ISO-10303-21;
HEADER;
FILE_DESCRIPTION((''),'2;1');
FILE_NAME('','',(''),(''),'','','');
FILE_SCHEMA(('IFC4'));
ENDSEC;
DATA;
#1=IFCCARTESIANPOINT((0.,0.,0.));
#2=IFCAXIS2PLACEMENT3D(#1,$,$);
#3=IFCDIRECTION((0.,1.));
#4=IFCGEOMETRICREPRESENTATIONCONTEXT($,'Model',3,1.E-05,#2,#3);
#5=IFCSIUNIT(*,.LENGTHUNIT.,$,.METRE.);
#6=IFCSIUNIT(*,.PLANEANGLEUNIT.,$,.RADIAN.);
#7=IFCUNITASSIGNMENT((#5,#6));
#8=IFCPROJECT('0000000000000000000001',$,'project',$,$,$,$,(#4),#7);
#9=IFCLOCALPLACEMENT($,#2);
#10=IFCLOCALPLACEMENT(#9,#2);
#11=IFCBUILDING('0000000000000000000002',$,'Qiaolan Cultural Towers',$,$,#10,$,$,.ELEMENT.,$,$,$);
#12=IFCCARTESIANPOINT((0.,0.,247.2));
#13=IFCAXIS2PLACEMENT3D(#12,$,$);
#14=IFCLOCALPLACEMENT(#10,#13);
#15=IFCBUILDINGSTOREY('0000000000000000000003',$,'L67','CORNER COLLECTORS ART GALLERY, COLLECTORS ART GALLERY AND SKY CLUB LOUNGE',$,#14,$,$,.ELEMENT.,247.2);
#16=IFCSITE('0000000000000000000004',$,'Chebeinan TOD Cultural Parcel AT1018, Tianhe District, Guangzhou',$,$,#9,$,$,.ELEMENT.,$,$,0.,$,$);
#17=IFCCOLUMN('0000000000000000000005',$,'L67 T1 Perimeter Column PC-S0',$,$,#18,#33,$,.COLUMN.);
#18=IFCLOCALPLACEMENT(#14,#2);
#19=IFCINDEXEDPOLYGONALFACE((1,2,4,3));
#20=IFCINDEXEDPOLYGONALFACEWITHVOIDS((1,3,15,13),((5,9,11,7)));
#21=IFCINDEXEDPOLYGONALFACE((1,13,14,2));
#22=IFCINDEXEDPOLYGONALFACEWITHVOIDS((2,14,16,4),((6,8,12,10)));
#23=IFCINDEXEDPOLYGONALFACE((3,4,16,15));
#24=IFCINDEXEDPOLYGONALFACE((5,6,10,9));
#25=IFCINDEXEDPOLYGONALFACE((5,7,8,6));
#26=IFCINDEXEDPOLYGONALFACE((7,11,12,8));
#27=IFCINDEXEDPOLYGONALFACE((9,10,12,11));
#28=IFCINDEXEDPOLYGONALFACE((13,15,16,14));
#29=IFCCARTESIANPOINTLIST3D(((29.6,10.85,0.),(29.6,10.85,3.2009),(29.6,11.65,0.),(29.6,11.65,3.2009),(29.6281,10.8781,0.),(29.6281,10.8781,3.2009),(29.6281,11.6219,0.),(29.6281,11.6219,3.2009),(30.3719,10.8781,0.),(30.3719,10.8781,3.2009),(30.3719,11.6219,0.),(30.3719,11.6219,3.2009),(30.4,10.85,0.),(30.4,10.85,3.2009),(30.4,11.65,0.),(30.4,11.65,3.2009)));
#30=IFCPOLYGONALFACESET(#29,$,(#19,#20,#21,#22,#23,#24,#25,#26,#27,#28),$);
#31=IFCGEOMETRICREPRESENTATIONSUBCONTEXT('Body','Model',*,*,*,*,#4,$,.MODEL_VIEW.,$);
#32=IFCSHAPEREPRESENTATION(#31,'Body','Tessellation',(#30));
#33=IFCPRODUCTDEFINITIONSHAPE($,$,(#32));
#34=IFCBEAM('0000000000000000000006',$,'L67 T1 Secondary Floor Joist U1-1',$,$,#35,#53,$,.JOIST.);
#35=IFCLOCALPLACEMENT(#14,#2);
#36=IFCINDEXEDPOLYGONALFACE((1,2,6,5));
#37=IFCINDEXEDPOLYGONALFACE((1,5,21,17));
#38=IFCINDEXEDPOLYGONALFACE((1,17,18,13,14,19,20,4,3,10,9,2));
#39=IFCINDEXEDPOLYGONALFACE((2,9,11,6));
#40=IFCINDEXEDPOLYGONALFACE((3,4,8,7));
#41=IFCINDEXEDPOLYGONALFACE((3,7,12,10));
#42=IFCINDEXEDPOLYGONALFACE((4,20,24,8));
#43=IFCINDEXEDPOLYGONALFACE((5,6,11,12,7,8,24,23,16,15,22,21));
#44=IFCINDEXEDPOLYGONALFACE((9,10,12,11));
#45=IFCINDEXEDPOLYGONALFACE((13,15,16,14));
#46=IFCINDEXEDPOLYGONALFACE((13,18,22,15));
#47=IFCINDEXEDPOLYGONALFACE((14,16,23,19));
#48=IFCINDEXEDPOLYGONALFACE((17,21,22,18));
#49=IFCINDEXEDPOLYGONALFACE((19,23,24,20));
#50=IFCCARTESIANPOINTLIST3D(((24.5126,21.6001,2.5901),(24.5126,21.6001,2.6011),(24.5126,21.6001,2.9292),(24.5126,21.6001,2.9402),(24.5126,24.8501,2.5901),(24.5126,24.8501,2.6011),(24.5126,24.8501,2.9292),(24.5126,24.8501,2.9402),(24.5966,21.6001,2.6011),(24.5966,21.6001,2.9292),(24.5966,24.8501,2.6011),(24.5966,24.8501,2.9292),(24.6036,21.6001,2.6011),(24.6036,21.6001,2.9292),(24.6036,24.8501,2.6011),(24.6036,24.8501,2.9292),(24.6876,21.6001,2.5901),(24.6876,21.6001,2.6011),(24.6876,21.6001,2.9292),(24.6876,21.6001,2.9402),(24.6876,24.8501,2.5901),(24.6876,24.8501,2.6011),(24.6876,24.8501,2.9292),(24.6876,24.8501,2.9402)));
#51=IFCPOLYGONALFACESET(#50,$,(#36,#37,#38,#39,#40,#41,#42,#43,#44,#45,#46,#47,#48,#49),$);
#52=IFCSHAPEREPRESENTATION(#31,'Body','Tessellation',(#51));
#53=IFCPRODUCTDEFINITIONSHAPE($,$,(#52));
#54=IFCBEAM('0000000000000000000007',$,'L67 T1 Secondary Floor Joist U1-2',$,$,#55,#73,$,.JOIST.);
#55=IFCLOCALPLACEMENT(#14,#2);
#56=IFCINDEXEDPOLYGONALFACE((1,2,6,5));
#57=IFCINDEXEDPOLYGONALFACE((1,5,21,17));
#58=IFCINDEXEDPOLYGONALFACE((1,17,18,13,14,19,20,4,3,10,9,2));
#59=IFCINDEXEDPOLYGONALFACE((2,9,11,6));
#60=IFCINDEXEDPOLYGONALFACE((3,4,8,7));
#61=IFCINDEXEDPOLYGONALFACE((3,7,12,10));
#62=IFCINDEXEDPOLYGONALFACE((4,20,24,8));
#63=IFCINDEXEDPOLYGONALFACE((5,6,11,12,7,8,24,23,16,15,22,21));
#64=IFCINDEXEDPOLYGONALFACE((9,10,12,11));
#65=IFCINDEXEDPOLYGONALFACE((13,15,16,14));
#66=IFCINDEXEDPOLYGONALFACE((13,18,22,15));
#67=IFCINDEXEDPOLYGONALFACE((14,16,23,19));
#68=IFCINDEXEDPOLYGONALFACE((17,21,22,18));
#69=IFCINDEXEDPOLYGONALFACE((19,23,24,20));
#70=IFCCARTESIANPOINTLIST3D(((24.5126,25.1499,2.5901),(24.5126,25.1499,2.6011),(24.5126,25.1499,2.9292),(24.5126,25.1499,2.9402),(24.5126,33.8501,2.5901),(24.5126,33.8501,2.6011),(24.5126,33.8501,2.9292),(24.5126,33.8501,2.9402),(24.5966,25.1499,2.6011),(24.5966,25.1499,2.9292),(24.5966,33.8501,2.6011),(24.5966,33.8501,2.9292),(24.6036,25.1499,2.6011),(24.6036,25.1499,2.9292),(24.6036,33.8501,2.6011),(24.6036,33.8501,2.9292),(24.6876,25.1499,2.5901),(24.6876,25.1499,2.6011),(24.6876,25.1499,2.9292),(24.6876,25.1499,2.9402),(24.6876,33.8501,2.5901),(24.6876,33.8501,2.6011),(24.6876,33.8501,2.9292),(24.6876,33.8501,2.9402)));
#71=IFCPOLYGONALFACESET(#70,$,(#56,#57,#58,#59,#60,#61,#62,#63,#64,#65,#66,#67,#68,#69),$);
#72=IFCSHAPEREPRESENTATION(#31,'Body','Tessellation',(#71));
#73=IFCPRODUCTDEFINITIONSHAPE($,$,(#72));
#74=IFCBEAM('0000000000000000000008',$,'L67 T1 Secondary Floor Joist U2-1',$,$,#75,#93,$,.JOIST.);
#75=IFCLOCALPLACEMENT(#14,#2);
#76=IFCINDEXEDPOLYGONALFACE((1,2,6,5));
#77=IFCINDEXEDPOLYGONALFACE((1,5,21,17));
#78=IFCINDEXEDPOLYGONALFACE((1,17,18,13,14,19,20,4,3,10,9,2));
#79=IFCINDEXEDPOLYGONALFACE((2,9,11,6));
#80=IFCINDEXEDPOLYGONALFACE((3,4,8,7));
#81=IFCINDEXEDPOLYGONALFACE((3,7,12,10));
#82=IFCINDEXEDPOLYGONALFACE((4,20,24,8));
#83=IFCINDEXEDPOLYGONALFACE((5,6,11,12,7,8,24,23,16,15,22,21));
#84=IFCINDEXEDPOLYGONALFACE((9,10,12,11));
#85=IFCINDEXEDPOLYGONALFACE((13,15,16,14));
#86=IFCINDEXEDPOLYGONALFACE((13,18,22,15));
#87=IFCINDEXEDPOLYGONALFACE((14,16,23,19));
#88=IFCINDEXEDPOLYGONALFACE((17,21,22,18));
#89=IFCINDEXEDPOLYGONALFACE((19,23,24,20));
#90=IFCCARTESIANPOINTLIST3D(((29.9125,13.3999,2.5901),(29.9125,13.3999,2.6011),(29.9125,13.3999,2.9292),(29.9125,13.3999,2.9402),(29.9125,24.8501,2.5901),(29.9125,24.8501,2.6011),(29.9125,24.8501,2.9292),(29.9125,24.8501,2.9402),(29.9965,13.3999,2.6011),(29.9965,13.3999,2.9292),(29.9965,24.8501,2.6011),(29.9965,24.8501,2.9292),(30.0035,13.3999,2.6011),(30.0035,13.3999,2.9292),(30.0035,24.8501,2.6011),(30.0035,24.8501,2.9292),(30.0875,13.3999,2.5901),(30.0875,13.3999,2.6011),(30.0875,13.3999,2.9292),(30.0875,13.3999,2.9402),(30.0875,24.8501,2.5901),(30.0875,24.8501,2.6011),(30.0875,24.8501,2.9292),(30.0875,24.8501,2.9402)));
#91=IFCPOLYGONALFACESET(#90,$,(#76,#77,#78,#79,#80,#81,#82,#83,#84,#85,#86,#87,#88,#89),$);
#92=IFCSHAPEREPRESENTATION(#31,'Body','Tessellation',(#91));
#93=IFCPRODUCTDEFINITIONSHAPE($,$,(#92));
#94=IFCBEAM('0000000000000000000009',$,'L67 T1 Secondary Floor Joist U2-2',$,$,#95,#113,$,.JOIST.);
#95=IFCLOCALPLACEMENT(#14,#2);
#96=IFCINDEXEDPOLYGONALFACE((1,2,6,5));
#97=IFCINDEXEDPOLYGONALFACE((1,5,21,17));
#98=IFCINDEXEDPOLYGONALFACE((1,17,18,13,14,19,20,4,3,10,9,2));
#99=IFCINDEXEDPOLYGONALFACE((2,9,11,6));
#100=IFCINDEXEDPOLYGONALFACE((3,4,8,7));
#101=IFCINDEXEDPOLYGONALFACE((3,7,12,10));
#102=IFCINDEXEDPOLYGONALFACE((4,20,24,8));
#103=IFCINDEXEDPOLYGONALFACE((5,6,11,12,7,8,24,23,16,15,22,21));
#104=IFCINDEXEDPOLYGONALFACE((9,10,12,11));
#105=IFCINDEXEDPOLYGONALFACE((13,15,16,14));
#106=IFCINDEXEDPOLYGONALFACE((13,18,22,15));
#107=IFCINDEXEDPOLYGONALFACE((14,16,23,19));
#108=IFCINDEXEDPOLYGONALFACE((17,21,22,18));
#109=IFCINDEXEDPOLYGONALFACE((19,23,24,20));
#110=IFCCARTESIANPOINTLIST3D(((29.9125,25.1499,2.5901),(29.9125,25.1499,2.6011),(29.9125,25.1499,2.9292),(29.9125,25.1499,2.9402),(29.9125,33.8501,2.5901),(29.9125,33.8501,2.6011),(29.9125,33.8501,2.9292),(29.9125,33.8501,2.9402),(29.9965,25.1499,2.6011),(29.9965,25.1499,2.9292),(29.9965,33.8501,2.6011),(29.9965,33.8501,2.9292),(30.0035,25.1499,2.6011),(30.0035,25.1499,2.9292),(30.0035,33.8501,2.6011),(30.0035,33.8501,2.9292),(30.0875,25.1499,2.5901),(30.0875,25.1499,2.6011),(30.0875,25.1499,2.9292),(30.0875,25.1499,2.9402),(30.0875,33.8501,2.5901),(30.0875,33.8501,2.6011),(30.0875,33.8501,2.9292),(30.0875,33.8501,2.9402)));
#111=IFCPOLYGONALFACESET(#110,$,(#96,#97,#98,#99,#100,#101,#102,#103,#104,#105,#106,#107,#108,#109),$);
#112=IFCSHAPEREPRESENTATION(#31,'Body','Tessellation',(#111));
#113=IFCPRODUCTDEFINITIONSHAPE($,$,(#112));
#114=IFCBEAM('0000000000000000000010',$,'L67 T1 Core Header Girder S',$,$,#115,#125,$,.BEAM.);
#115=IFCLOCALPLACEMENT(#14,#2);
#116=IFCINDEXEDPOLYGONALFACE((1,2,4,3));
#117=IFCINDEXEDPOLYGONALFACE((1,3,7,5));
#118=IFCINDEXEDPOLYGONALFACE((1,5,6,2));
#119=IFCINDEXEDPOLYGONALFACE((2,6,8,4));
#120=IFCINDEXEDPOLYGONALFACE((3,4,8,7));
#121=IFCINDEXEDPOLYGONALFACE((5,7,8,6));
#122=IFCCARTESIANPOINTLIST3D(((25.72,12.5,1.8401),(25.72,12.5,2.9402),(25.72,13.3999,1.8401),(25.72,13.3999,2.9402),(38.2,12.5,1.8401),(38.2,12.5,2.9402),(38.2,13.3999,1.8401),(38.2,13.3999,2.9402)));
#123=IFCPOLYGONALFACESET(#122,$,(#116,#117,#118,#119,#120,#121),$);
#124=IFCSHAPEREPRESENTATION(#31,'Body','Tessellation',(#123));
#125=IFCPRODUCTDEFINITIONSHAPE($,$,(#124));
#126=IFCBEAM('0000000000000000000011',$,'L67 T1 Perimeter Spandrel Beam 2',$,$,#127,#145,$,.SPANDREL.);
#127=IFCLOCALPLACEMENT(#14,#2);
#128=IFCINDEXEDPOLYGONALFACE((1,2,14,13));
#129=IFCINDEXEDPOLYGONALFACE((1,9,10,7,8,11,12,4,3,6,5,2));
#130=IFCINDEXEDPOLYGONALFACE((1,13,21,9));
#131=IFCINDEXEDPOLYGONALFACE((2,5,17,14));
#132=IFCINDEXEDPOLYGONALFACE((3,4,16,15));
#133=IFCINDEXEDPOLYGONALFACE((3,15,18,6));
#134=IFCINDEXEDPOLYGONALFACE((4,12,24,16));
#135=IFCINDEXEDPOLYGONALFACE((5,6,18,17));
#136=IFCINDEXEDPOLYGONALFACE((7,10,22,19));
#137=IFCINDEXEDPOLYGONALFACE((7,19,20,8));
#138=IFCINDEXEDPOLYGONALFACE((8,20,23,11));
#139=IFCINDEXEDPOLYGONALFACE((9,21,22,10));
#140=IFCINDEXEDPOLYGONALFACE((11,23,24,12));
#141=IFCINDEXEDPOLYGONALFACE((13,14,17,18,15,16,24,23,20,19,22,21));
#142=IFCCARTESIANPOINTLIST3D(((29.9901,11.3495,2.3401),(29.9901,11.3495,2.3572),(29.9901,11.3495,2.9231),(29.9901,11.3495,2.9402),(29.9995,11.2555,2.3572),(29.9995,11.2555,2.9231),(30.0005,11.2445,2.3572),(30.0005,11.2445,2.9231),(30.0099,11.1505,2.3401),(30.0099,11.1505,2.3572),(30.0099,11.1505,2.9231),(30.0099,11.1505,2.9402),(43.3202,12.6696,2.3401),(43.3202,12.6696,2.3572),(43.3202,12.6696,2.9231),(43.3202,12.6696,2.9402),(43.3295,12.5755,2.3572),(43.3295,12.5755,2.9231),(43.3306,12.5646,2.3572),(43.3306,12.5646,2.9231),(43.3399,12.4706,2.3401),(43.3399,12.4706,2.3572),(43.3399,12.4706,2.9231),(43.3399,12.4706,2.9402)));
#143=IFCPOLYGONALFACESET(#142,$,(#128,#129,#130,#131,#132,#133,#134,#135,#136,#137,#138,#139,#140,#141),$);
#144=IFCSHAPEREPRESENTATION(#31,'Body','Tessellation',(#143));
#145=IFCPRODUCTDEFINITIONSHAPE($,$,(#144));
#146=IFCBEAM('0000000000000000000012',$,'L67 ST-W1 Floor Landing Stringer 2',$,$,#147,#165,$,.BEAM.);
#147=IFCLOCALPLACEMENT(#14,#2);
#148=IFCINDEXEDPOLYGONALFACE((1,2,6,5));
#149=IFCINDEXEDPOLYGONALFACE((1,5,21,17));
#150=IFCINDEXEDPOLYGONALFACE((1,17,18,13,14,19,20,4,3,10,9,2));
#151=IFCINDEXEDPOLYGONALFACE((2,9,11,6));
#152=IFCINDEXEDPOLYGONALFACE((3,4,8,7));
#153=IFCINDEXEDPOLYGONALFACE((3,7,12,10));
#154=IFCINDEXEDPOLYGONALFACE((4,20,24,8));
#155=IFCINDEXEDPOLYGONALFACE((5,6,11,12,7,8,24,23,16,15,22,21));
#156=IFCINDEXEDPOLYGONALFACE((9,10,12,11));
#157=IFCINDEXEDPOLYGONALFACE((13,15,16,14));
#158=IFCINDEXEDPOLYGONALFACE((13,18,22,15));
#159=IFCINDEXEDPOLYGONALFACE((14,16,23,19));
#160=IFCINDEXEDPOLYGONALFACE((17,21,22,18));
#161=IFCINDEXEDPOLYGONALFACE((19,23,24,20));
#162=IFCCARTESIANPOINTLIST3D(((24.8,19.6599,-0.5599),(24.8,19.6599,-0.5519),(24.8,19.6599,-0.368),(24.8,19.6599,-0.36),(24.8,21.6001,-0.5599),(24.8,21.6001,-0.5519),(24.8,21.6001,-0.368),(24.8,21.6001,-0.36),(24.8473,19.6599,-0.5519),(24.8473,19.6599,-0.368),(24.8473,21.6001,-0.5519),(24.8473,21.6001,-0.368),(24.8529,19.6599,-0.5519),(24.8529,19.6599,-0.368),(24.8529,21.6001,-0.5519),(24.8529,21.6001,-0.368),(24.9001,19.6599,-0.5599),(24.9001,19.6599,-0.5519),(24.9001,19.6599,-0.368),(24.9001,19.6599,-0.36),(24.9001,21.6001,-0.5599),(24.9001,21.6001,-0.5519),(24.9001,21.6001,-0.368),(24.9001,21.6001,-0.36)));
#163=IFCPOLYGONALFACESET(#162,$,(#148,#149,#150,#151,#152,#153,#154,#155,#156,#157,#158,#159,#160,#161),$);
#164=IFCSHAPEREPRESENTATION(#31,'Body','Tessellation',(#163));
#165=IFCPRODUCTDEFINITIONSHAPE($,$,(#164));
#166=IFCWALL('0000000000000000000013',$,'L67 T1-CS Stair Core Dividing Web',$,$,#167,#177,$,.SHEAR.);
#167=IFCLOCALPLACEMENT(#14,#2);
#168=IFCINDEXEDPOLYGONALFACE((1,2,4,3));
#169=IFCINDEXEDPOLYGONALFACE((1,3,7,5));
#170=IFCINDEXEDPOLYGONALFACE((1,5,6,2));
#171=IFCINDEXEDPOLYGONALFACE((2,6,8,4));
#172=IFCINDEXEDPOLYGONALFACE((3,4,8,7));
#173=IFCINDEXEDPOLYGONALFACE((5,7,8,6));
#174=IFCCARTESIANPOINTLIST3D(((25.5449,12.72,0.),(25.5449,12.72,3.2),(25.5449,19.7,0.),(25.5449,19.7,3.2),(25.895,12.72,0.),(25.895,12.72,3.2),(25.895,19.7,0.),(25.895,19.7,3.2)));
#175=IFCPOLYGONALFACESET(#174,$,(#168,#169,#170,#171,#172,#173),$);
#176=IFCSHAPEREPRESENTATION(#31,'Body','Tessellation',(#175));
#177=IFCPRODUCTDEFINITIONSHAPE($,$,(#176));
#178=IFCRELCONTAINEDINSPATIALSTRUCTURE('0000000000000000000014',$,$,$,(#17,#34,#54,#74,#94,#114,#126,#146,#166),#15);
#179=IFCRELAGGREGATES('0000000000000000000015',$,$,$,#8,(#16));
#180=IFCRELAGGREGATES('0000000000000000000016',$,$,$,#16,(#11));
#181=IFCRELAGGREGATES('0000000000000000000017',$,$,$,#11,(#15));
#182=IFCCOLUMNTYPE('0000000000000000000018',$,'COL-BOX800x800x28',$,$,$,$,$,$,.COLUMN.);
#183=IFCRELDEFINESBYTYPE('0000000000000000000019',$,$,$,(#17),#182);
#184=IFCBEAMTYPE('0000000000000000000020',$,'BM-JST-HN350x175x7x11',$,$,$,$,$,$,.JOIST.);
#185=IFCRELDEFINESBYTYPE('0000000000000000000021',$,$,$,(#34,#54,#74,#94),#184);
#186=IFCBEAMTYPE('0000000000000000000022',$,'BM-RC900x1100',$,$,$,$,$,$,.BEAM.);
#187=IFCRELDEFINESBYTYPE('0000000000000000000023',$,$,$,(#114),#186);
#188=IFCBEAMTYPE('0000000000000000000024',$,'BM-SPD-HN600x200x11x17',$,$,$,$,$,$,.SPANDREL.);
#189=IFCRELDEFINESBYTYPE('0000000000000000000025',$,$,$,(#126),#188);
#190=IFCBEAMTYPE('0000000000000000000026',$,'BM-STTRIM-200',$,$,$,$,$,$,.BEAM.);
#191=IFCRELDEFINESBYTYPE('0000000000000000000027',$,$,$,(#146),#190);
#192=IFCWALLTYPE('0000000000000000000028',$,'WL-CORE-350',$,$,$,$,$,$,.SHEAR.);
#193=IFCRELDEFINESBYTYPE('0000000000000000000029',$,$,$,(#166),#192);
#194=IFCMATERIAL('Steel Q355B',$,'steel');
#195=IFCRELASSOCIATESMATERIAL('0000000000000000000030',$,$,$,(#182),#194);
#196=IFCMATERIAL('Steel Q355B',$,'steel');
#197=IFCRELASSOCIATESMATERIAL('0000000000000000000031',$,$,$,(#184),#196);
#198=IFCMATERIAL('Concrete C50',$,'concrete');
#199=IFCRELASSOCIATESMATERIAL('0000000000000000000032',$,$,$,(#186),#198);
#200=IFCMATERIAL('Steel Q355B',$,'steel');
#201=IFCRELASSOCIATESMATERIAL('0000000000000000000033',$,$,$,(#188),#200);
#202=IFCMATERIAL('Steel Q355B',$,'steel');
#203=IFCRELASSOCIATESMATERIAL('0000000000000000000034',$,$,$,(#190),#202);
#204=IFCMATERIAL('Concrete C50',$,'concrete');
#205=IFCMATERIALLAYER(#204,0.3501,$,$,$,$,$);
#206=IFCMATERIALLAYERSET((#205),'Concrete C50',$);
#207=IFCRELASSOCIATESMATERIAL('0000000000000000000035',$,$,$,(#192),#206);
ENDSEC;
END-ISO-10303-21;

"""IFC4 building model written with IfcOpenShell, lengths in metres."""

from ifc_helpers import new_model, si_unit, direction, frame, frame_2d, origin, origin_2d, place, context, subcontext, project, spatial, rectangle, hollow_rectangle, i_section, extrude, material, layer, layer_set, material_profile, profile_set, type_object, element, save


model = new_model("IFC4")

# Units and contexts
model_context = context("Model", 3, precision=1e-05, world=origin(), true_north=direction((0.0, 1.0)))
body_context = subcontext(model_context, "Body", "Model", "MODEL_VIEW")
ifc_project = project(units=[si_unit("LENGTHUNIT", "METRE"), si_unit("PLANEANGLEUNIT", "RADIAN")], contexts=[model_context])

# Site, building, storey
site_placement = place(None, origin())
site = spatial("IfcSite", under=ifc_project, at=site_placement, Name="Chebeinan TOD Cultural Parcel AT1018, Tianhe District, Guangzhou", CompositionType="ELEMENT", RefElevation=0.0)
building_placement = place(site_placement, origin())
building = spatial("IfcBuilding", under=site, at=building_placement, Name="Qiaolan Cultural Towers", CompositionType="ELEMENT")
storey_placement = place(building_placement, frame((0.0, 0.0, 247.2)))
storey = spatial("IfcBuildingStorey", under=building, at=storey_placement, Name="L67", Description="CORNER COLLECTORS ART GALLERY, COLLECTORS ART GALLERY AND SKY CLUB LOUNGE", CompositionType="ELEMENT", Elevation=247.2)

# Column
ifc_material_1 = material(Name="Steel Q355B", Category="steel")
ifc_material_profile_1 = material_profile(ifc_material_1, hollow_rectangle(XDim=0.8, YDim=0.8, WallThickness=0.0281, at=origin_2d()), Name="BOX800x800x28")
ifc_profile_set_1 = profile_set([ifc_material_profile_1], Name="Steel Q355B")
column_type = type_object("IfcColumnType", Name="COL-BOX800x800x28", PredefinedType="COLUMN", material=ifc_profile_set_1)
column_placement = place(storey_placement, frame((30.0, 11.25, 0.0), z_axis=(0.0, 0.0, 1.0), x_axis=(1.0, 0.0, 0.0)))
element("IfcColumn", 1, at=column_placement, inside=storey, type_object=column_type, Name="L67 T1 Perimeter Column PC-S0", PredefinedType="COLUMN", context=body_context, shape_type="SweptSolid", body=[
    extrude(hollow_rectangle(XDim=0.8, YDim=0.8, WallThickness=0.0281, at=origin_2d()), origin(), (0.0, 0.0, 1.0), 3.2009),
])

# Beams
ifc_material_2 = material(Name="Steel Q355B", Category="steel")
ifc_material_profile_2 = material_profile(ifc_material_2, i_section(OverallWidth=0.175, OverallDepth=0.3501, WebThickness=0.0071, FlangeThickness=0.011, at=origin_2d()), Name="HN350x175x7x11")
ifc_profile_set_2 = profile_set([ifc_material_profile_2], Name="Steel Q355B")
beam_type_1 = type_object("IfcBeamType", Name="BM-JST-HN350x175x7x11", PredefinedType="JOIST", material=ifc_profile_set_2)
beam_1_placement = place(storey_placement, frame((24.6001, 21.6001, 2.7651), z_axis=(0.0, 1.0, 0.0), x_axis=(-1.0, 0.0, 0.0)))
element("IfcBeam", 2, at=beam_1_placement, inside=storey, type_object=beam_type_1, Name="L67 T1 Secondary Floor Joist U1-1", PredefinedType="JOIST", context=body_context, shape_type="SweptSolid", body=[
    extrude(i_section(OverallWidth=0.175, OverallDepth=0.3501, WebThickness=0.0071, FlangeThickness=0.011, at=origin_2d()), origin(), (0.0, 0.0, 1.0), 3.25),
])
beam_2_placement = place(storey_placement, frame((24.6001, 25.1499, 2.7651), z_axis=(0.0, 1.0, 0.0), x_axis=(-1.0, 0.0, 0.0)))
element("IfcBeam", 3, at=beam_2_placement, inside=storey, type_object=beam_type_1, Name="L67 T1 Secondary Floor Joist U1-2", PredefinedType="JOIST", context=body_context, shape_type="SweptSolid", body=[
    extrude(i_section(OverallWidth=0.175, OverallDepth=0.3501, WebThickness=0.0071, FlangeThickness=0.011, at=origin_2d()), origin(), (0.0, 0.0, 1.0), 8.7002),
])
beam_3_placement = place(storey_placement, frame((30.0, 13.3999, 2.7651), z_axis=(0.0, 1.0, 0.0), x_axis=(-1.0, 0.0, 0.0)))
element("IfcBeam", 4, at=beam_3_placement, inside=storey, type_object=beam_type_1, Name="L67 T1 Secondary Floor Joist U2-1", PredefinedType="JOIST", context=body_context, shape_type="SweptSolid", body=[
    extrude(i_section(OverallWidth=0.175, OverallDepth=0.3501, WebThickness=0.0071, FlangeThickness=0.011, at=origin_2d()), origin(), (0.0, 0.0, 1.0), 11.4502),
])
beam_4_placement = place(storey_placement, frame((30.0, 25.1499, 2.7651), z_axis=(0.0, 1.0, 0.0), x_axis=(-1.0, 0.0, 0.0)))
element("IfcBeam", 5, at=beam_4_placement, inside=storey, type_object=beam_type_1, Name="L67 T1 Secondary Floor Joist U2-2", PredefinedType="JOIST", context=body_context, shape_type="SweptSolid", body=[
    extrude(i_section(OverallWidth=0.175, OverallDepth=0.3501, WebThickness=0.0071, FlangeThickness=0.011, at=origin_2d()), origin(), (0.0, 0.0, 1.0), 8.7002),
])
ifc_material_3 = material(Name="Concrete C50", Category="concrete")
ifc_material_profile_3 = material_profile(ifc_material_3, rectangle(XDim=0.8999, YDim=1.1001, at=origin_2d()), Name="RC900x1100")
ifc_profile_set_3 = profile_set([ifc_material_profile_3], Name="Concrete C50")
beam_type_2 = type_object("IfcBeamType", Name="BM-RC900x1100", PredefinedType="BEAM", material=ifc_profile_set_3)
beam_5_placement = place(storey_placement, frame((25.72, 12.95, 2.3901), z_axis=(1.0, 0.0, 0.0), x_axis=(0.0, 1.0, 0.0)))
element("IfcBeam", 6, at=beam_5_placement, inside=storey, type_object=beam_type_2, Name="L67 T1 Core Header Girder S", PredefinedType="BEAM", context=body_context, shape_type="SweptSolid", body=[
    extrude(rectangle(XDim=0.8999, YDim=1.1001, at=origin_2d()), origin(), (0.0, 0.0, 1.0), 12.48),
])
ifc_material_4 = material(Name="Steel Q355B", Category="steel")
ifc_material_profile_4 = material_profile(ifc_material_4, i_section(OverallWidth=0.2, OverallDepth=0.6001, WebThickness=0.011, FlangeThickness=0.0171, at=origin_2d()), Name="HN600x200x11x17")
ifc_profile_set_4 = profile_set([ifc_material_profile_4], Name="Steel Q355B")
beam_type_3 = type_object("IfcBeamType", Name="BM-SPD-HN600x200x11x17", PredefinedType="SPANDREL", material=ifc_profile_set_4)
beam_6_placement = place(storey_placement, frame((30.0, 11.25, 2.6401), z_axis=(0.995132, 0.098547, 0.0), x_axis=(-0.098547, 0.995132, 0.0)))
element("IfcBeam", 7, at=beam_6_placement, inside=storey, type_object=beam_type_3, Name="L67 T1 Perimeter Spandrel Beam 2", PredefinedType="SPANDREL", context=body_context, shape_type="SweptSolid", body=[
    extrude(i_section(OverallWidth=0.2, OverallDepth=0.6001, WebThickness=0.011, FlangeThickness=0.0171, at=origin_2d()), origin(), (0.0, 0.0, 1.0), 13.3953),
])
ifc_material_5 = material(Name="Steel Q355B", Category="steel")
ifc_material_profile_5 = material_profile(ifc_material_5, i_section(OverallWidth=0.1001, OverallDepth=0.2, WebThickness=0.0056, FlangeThickness=0.0081, at=origin_2d()), Name="HN200x100x5.5x8")
ifc_profile_set_5 = profile_set([ifc_material_profile_5], Name="Steel Q355B")
beam_type_4 = type_object("IfcBeamType", Name="BM-STTRIM-200", PredefinedType="BEAM", material=ifc_profile_set_5)
beam_7_placement = place(storey_placement, frame((24.8501, 21.6001, -0.46), z_axis=(0.0, -1.0, 0.0), x_axis=(1.0, 0.0, 0.0)))
element("IfcBeam", 8, at=beam_7_placement, inside=storey, type_object=beam_type_4, Name="L67 ST-W1 Floor Landing Stringer 2", PredefinedType="BEAM", context=body_context, shape_type="SweptSolid", body=[
    extrude(i_section(OverallWidth=0.1001, OverallDepth=0.2, WebThickness=0.0056, FlangeThickness=0.0081, at=origin_2d()), origin(), (0.0, 0.0, 1.0), 1.9402),
])

# Wall
ifc_material_6 = material(Name="Concrete C50", Category="concrete")
ifc_layer_1 = layer(ifc_material_6, 0.3501)
ifc_layer_set_1 = layer_set([ifc_layer_1], Name="Concrete C50")
wall_type_1 = type_object("IfcWallType", Name="WL-CORE-350", PredefinedType="SHEAR", material=ifc_layer_set_1)
wall_1_placement = place(storey_placement, frame((25.72, 19.7, 0.0), z_axis=(0.0, 0.0, 1.0), x_axis=(0.0, -1.0, 0.0)))
element("IfcWall", 9, at=wall_1_placement, inside=storey, type_object=wall_type_1, Name="L67 T1-CS Stair Core Dividing Web", PredefinedType="SHEAR", context=body_context, shape_type="SweptSolid", body=[
    extrude(rectangle(XDim=6.98, YDim=0.3501, at=frame_2d((3.49, 0.0))), origin(), (0.0, 0.0, 1.0), 3.2),
])

save(model, "model.ifc")
